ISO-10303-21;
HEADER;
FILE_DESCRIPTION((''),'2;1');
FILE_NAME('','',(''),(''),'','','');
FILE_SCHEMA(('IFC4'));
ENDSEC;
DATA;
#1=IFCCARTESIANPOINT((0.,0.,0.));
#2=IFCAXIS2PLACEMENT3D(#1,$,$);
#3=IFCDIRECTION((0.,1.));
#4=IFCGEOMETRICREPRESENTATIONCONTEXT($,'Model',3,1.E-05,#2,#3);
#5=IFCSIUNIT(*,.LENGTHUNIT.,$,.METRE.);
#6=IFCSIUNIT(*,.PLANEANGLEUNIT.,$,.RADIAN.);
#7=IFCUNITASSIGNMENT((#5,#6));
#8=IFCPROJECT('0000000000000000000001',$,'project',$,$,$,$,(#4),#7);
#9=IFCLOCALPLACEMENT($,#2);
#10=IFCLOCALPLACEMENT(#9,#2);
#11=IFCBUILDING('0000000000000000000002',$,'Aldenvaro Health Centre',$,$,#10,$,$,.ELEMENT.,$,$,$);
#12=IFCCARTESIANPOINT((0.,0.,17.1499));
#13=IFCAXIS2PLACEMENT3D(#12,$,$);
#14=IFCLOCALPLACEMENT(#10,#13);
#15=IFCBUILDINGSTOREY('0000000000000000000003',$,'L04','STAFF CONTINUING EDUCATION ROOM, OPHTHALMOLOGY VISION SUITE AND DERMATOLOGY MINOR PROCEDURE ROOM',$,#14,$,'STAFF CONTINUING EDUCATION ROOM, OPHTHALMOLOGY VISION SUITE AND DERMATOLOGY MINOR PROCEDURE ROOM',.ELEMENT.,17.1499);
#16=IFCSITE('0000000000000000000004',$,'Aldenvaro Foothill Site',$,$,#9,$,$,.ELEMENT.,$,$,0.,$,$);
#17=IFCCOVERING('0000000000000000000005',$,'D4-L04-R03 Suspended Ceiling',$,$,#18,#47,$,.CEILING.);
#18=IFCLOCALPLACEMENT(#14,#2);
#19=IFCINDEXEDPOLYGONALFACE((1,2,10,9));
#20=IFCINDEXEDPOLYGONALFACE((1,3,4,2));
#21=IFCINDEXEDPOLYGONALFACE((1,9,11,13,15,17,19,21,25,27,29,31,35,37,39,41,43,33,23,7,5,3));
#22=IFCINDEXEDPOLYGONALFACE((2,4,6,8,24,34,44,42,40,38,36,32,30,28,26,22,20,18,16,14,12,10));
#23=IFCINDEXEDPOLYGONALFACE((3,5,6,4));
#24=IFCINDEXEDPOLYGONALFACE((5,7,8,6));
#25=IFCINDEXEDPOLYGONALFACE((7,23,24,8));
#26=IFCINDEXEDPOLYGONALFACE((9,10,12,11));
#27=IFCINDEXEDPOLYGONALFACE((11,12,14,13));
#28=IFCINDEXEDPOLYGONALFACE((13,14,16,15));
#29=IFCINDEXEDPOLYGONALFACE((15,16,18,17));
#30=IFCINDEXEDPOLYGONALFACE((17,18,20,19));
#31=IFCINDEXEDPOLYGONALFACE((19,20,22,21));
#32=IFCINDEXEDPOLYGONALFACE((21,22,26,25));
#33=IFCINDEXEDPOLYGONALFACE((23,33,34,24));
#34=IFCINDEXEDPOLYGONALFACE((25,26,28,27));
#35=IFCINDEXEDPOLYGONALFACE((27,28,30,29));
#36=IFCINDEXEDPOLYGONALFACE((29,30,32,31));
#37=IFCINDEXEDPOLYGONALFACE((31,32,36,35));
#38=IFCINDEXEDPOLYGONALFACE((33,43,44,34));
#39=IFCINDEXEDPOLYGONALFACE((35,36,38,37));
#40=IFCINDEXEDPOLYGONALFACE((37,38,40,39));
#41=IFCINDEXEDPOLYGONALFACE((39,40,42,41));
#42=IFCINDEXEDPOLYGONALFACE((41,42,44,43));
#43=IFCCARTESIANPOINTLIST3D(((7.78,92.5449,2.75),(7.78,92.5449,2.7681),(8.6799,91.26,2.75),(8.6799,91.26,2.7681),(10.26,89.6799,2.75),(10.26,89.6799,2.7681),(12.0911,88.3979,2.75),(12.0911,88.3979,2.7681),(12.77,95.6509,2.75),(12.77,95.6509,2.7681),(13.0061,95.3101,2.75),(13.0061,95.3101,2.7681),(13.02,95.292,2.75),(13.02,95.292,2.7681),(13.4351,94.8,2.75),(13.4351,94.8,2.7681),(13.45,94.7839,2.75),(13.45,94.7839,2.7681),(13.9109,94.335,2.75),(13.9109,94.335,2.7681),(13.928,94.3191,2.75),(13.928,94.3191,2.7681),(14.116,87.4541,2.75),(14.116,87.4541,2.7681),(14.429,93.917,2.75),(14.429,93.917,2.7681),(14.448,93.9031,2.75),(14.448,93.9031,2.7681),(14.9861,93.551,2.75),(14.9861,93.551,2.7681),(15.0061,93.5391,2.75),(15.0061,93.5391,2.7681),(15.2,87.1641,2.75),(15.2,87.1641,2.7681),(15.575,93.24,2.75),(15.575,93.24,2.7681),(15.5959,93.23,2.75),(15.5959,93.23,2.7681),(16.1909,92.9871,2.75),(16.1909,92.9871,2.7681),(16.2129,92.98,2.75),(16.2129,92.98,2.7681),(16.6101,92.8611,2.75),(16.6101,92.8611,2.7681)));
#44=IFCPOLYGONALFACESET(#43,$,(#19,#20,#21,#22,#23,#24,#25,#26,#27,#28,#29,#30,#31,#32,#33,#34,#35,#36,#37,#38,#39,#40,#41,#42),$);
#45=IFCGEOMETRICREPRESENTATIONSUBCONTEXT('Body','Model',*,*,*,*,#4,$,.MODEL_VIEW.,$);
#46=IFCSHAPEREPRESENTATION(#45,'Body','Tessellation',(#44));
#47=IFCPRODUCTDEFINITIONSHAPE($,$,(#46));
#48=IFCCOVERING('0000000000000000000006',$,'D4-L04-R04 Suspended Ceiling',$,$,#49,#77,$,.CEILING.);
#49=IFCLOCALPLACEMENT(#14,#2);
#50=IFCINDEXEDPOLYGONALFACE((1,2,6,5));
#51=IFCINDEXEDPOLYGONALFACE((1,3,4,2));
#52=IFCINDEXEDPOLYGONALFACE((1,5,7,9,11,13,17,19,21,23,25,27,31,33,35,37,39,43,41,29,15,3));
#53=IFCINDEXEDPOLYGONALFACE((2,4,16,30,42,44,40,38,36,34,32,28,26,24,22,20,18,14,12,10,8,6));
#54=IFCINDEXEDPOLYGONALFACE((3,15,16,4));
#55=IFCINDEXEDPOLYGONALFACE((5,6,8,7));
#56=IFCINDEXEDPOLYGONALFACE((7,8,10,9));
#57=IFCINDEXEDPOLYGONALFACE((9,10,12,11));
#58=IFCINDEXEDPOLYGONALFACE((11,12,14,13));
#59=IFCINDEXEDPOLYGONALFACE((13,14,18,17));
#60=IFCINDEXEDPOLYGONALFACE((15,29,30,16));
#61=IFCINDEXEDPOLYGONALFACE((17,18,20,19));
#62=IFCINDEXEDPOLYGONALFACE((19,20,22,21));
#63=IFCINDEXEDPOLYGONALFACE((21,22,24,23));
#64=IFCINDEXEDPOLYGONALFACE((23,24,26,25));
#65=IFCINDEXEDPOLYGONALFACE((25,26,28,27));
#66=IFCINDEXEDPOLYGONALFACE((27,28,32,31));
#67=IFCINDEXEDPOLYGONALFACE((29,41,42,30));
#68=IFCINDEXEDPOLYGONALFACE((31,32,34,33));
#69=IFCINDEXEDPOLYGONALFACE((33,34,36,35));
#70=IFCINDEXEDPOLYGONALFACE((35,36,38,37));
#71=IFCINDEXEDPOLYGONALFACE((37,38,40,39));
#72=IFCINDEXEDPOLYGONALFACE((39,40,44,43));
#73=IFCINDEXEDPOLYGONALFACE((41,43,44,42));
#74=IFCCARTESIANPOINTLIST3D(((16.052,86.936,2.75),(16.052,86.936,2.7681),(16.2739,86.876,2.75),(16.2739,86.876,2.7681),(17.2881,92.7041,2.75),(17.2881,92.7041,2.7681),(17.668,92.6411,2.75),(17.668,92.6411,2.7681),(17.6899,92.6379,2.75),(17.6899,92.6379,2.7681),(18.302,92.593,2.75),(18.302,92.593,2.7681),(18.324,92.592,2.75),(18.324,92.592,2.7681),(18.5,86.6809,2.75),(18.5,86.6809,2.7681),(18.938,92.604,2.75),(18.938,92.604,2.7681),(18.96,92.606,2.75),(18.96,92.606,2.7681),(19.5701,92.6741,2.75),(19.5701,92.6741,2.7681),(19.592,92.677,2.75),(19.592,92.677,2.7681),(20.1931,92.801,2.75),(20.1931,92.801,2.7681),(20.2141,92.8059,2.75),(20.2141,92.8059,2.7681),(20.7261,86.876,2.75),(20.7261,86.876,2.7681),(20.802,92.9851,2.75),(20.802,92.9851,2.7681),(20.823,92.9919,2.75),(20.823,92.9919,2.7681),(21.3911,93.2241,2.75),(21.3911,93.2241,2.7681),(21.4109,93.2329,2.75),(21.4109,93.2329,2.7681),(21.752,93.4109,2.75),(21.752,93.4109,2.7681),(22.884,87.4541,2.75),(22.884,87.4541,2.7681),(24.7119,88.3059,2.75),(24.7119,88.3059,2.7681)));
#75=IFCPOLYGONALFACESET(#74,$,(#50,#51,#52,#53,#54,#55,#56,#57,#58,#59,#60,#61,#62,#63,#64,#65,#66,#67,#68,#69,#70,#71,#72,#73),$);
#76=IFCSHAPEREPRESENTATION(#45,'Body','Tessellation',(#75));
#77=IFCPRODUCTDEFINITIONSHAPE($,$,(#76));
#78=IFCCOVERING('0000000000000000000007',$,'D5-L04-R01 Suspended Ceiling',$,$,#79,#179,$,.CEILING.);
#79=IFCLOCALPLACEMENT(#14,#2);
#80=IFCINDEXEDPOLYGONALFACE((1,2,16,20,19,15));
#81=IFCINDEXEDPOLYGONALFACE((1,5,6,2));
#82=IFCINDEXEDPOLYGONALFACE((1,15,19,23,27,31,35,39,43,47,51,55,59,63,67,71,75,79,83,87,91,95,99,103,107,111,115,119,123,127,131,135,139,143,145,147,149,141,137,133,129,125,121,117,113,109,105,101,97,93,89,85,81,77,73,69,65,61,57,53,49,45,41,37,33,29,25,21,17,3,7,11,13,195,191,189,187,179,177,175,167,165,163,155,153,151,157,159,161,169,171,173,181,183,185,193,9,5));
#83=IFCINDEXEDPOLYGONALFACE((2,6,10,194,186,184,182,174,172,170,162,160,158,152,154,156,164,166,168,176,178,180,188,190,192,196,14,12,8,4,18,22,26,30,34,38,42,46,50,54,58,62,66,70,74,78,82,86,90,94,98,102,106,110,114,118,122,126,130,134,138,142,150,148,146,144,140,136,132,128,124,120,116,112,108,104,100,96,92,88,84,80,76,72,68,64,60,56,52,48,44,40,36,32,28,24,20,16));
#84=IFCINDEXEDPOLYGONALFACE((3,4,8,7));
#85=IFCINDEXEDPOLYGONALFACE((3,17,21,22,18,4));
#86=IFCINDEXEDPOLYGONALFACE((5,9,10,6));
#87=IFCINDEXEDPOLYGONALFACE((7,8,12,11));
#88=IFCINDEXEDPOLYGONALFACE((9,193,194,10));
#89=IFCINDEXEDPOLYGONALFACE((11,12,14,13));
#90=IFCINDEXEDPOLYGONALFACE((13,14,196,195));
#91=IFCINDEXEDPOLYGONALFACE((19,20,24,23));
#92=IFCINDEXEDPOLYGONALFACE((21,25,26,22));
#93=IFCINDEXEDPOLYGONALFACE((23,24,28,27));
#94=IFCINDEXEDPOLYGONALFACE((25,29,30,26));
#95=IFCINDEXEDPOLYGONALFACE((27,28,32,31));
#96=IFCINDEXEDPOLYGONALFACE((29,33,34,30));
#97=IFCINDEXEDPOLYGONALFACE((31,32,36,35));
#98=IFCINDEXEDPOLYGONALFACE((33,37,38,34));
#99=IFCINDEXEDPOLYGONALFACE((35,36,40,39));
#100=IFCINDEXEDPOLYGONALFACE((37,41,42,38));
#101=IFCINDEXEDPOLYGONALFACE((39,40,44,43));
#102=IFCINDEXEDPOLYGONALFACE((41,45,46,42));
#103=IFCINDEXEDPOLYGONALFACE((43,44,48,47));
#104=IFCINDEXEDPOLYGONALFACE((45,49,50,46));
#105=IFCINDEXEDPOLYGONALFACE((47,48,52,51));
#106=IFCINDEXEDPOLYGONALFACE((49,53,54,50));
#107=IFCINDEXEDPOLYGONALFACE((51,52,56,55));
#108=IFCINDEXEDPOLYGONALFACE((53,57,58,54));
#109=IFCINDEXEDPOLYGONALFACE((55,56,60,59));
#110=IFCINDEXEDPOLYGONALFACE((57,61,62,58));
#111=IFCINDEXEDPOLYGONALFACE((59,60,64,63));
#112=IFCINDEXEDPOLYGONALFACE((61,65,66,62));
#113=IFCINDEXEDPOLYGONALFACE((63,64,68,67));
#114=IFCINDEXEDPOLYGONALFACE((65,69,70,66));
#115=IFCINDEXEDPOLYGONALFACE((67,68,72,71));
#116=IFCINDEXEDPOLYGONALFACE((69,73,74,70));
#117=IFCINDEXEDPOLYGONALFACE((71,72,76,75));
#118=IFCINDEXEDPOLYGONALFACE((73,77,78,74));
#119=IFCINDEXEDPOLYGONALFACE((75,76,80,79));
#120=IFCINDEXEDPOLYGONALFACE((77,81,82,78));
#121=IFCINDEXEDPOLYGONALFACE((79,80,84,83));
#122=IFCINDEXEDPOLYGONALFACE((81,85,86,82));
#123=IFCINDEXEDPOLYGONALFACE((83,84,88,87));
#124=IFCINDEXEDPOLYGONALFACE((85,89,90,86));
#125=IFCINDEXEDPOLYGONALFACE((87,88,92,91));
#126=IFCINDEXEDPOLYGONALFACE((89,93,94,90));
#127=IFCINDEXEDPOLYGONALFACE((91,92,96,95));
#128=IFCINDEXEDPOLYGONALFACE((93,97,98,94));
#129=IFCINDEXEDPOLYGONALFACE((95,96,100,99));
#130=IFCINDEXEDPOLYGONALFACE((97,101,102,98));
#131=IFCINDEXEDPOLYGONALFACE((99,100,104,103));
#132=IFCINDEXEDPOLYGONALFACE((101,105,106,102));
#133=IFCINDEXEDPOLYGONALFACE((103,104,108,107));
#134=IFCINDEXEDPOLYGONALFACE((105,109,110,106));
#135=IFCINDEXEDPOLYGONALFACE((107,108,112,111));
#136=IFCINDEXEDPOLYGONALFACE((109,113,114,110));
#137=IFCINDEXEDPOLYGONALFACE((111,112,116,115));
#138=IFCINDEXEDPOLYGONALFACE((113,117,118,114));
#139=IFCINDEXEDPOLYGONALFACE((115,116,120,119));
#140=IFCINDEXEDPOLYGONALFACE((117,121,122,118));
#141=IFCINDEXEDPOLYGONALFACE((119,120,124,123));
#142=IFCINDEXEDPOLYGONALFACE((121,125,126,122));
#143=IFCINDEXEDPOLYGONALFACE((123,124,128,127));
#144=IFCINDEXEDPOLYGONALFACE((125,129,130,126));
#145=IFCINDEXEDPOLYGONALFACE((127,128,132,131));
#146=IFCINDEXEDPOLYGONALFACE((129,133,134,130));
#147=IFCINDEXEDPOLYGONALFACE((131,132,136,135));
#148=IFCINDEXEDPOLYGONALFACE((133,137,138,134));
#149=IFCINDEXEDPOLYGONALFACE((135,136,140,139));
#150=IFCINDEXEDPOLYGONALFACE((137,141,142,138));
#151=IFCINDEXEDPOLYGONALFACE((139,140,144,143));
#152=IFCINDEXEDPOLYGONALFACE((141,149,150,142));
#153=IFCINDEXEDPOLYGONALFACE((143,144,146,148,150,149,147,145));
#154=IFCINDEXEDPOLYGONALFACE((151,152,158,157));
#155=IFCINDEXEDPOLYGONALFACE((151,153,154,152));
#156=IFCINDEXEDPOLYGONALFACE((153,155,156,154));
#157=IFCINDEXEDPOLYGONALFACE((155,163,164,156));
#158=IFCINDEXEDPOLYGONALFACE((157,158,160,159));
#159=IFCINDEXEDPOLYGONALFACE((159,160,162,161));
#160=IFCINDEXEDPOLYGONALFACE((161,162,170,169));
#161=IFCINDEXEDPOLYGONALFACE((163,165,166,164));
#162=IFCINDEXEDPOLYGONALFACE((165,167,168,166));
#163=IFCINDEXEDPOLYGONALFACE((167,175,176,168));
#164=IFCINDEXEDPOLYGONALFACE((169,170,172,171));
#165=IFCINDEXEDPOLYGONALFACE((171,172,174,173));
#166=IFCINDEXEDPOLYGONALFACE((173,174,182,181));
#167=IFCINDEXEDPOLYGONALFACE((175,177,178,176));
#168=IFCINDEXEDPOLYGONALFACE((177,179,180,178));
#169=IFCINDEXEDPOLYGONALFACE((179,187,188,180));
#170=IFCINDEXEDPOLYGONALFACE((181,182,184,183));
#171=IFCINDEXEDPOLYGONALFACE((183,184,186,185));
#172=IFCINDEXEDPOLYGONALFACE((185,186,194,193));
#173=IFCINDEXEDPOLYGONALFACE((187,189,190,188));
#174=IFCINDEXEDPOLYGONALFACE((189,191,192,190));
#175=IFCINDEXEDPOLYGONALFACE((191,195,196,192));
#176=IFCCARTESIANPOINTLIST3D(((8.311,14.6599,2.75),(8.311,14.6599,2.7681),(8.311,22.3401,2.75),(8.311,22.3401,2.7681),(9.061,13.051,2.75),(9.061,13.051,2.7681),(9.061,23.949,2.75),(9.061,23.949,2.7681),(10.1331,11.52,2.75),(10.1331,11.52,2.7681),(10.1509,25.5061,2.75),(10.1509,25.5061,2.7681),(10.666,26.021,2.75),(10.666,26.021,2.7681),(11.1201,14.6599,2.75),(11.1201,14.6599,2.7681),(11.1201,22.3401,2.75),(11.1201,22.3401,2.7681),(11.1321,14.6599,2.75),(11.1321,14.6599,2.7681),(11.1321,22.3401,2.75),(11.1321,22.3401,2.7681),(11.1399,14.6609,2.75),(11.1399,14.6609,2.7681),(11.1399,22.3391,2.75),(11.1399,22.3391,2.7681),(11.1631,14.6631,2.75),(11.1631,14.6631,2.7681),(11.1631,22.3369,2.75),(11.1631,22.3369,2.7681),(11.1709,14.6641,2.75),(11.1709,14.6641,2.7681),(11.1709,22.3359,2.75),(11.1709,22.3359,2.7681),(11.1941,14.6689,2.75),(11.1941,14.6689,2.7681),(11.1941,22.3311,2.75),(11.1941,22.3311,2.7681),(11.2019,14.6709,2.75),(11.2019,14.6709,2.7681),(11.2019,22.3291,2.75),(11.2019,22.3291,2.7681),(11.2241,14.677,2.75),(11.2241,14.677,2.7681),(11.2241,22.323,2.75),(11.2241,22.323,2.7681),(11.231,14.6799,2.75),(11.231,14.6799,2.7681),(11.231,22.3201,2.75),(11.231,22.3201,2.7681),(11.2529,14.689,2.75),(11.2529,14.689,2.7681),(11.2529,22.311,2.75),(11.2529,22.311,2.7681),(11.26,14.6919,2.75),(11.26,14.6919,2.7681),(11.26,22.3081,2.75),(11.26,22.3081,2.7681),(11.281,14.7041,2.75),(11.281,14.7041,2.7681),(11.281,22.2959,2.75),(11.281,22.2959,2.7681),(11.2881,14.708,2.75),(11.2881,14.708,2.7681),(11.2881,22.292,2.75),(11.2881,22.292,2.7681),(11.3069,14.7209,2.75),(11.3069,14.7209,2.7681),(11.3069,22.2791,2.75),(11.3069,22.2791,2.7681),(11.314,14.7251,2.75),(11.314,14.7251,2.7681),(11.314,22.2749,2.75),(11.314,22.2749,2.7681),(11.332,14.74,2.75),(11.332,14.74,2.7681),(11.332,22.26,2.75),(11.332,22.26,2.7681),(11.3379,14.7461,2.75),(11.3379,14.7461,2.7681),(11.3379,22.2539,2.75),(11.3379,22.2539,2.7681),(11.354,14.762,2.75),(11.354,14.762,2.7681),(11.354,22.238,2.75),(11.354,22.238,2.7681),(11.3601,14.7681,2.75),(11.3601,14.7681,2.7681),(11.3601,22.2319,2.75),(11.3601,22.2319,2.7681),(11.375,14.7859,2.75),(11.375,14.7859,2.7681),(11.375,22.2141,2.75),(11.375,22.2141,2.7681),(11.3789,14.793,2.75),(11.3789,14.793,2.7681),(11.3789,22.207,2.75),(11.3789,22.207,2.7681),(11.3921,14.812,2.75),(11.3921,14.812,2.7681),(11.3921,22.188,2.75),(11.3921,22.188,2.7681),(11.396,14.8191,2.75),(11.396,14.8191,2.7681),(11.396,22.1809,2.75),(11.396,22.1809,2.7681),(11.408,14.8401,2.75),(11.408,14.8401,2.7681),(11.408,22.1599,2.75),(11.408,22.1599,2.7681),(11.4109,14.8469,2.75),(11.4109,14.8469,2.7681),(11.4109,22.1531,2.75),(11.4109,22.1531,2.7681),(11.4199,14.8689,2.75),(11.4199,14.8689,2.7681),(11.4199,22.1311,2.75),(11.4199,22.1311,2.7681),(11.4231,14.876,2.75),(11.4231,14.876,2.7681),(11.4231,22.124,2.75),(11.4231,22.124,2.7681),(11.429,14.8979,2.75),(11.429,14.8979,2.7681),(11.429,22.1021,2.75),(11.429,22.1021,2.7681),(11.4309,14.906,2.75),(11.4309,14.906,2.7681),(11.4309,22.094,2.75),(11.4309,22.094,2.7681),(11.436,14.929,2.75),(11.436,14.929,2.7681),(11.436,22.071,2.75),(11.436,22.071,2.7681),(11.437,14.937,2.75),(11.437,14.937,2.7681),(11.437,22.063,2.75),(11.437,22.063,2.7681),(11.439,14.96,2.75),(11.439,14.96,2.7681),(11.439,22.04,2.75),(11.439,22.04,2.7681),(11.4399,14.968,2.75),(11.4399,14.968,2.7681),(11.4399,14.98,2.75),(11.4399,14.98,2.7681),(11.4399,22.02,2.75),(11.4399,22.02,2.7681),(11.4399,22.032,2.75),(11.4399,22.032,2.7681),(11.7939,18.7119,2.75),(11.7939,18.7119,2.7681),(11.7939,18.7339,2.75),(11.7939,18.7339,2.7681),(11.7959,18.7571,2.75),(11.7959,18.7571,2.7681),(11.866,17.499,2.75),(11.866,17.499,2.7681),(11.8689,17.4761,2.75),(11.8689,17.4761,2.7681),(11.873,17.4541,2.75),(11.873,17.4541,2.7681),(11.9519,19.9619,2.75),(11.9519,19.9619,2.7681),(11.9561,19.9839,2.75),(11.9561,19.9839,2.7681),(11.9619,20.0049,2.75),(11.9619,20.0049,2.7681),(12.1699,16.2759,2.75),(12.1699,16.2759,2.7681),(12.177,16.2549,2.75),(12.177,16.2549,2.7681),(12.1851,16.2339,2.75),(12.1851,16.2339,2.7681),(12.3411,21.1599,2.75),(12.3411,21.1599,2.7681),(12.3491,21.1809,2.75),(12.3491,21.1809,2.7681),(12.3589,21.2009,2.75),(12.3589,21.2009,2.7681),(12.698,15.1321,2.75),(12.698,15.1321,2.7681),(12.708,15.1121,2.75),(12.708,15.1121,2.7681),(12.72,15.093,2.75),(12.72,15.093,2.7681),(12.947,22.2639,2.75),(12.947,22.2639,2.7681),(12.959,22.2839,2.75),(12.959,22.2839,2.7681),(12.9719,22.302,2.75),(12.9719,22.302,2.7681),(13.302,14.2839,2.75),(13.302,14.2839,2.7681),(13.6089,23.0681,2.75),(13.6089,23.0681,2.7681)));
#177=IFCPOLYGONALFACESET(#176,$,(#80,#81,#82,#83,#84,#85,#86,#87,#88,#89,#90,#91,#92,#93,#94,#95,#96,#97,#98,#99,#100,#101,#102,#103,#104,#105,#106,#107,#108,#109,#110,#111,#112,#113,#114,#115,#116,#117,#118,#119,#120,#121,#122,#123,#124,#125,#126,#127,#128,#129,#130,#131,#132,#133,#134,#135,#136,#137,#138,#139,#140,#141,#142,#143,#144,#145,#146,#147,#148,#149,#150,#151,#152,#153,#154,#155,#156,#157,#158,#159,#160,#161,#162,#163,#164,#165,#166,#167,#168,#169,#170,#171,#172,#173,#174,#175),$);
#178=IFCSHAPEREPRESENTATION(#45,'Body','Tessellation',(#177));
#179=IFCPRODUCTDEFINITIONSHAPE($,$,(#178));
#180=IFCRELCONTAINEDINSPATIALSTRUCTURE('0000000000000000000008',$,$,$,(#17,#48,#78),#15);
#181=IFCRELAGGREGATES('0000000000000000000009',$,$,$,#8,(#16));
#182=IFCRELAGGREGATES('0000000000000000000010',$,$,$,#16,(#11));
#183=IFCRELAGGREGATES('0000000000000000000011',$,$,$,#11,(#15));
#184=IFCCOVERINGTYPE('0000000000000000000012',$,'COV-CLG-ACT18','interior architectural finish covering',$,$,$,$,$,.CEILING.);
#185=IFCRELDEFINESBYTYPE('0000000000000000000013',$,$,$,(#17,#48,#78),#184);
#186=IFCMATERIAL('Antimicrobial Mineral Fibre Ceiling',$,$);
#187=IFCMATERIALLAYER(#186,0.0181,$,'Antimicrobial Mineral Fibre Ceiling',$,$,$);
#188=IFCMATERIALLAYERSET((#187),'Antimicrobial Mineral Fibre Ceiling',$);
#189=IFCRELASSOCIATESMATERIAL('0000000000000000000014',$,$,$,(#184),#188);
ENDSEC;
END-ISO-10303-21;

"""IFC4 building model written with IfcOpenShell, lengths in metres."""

from ifc_helpers import new_model, si_unit, direction, frame, origin, place, context, subcontext, project, spatial, polyline, outline, extrude, material, layer, layer_set, type_object, element, save


model = new_model("IFC4")

# Units and contexts
model_context = context("Model", 3, precision=1e-05, world=origin(), true_north=direction((0.0, 1.0)))
body_context = subcontext(model_context, "Body", "Model", "MODEL_VIEW")
ifc_project = project(units=[si_unit("LENGTHUNIT", "METRE"), si_unit("PLANEANGLEUNIT", "RADIAN")], contexts=[model_context])

# Site, building, storey
site_placement = place(None, origin())
site = spatial("IfcSite", under=ifc_project, at=site_placement, Name="Aldenvaro Foothill Site", CompositionType="ELEMENT", RefElevation=0.0)
building_placement = place(site_placement, origin())
building = spatial("IfcBuilding", under=site, at=building_placement, Name="Aldenvaro Health Centre", CompositionType="ELEMENT")
storey_placement = place(building_placement, frame((0.0, 0.0, 17.1499)))
storey = spatial("IfcBuildingStorey", under=building, at=storey_placement, Name="L04", Description="STAFF CONTINUING EDUCATION ROOM, OPHTHALMOLOGY VISION SUITE AND DERMATOLOGY MINOR PROCEDURE ROOM", LongName="STAFF CONTINUING EDUCATION ROOM, OPHTHALMOLOGY VISION SUITE AND DERMATOLOGY MINOR PROCEDURE ROOM", CompositionType="ELEMENT", Elevation=17.1499)

# Coverings
ifc_material_1 = material(Name="Antimicrobial Mineral Fibre Ceiling")
ifc_layer_1 = layer(ifc_material_1, 0.0181, Name="Antimicrobial Mineral Fibre Ceiling")
ifc_layer_set_1 = layer_set([ifc_layer_1], Name="Antimicrobial Mineral Fibre Ceiling")
covering_type_1 = type_object("IfcCoveringType", Name="COV-CLG-ACT18", Description="interior architectural finish covering", PredefinedType="CEILING", material=ifc_layer_set_1)
covering_1_placement = place(storey_placement, frame((0.0, 0.0, 2.75)))
element("IfcCovering", 1, at=covering_1_placement, inside=storey, type_object=covering_type_1, Name="D4-L04-R03 Suspended Ceiling", PredefinedType="CEILING", context=body_context, shape_type="SweptSolid", body=[
    extrude(outline(polyline([(13.0061, 95.3101), (13.02, 95.292), (13.4351, 94.8), (13.45, 94.7839), (13.9109, 94.335), (13.928, 94.3191), (14.429, 93.917), (14.448, 93.9031), (14.9861, 93.551), (15.0061, 93.5391), (15.575, 93.24), (15.5959, 93.23), (16.1909, 92.9871), (16.2129, 92.98), (16.6101, 92.8611), (15.2, 87.1641), (14.116, 87.4541), (12.0911, 88.3979), (10.26, 89.6799), (8.6799, 91.26), (7.78, 92.5449), (12.77, 95.6509), (13.0061, 95.3101)])), origin(), (0.0, 0.0, 1.0), 0.0181),
])
covering_2_placement = place(storey_placement, frame((0.0, 0.0, 2.75)))
element("IfcCovering", 2, at=covering_2_placement, inside=storey, type_object=covering_type_1, Name="D4-L04-R04 Suspended Ceiling", PredefinedType="CEILING", context=body_context, shape_type="SweptSolid", body=[
    extrude(outline(polyline([(17.668, 92.6411), (17.6899, 92.6379), (18.302, 92.593), (18.324, 92.592), (18.938, 92.604), (18.96, 92.606), (19.5701, 92.6741), (19.592, 92.677), (20.1931, 92.801), (20.2141, 92.8059), (20.802, 92.9851), (20.823, 92.9919), (21.3911, 93.2241), (21.4109, 93.2329), (21.752, 93.4109), (24.7119, 88.3059), (22.884, 87.4541), (20.7261, 86.876), (18.5, 86.6809), (16.2739, 86.876), (16.052, 86.936), (17.2881, 92.7041), (17.668, 92.6411)])), origin(), (0.0, 0.0, 1.0), 0.0181),
])
covering_3_placement = place(storey_placement, frame((0.0, 0.0, 2.75)))
element("IfcCovering", 3, at=covering_3_placement, inside=storey, type_object=covering_type_1, Name="D5-L04-R01 Suspended Ceiling", PredefinedType="CEILING", context=body_context, shape_type="SweptSolid", body=[
    extrude(outline(polyline([(8.311, 22.3401), (9.061, 23.949), (10.1509, 25.5061), (10.666, 26.021), (13.6089, 23.0681), (12.9719, 22.302), (12.959, 22.2839), (12.947, 22.2639), (12.3589, 21.2009), (12.3491, 21.1809), (12.3411, 21.1599), (11.9619, 20.0049), (11.9561, 19.9839), (11.9519, 19.9619), (11.7959, 18.7571), (11.7939, 18.7339), (11.7939, 18.7119), (11.866, 17.499), (11.8689, 17.4761), (11.873, 17.4541), (12.1699, 16.2759), (12.177, 16.2549), (12.1851, 16.2339), (12.698, 15.1321), (12.708, 15.1121), (12.72, 15.093), (13.302, 14.2839), (10.1331, 11.52), (9.061, 13.051), (8.311, 14.6599), (11.1201, 14.6599), (11.1321, 14.6599), (11.1399, 14.6609), (11.1631, 14.6631), (11.1709, 14.6641), (11.1941, 14.6689), (11.2019, 14.6709), (11.2241, 14.677), (11.231, 14.6799), (11.2529, 14.689), (11.26, 14.6919), (11.281, 14.7041), (11.2881, 14.708), (11.3069, 14.7209), (11.314, 14.7251), (11.332, 14.74), (11.3379, 14.7461), (11.354, 14.762), (11.3601, 14.7681), (11.375, 14.7859), (11.3789, 14.793), (11.3921, 14.812), (11.396, 14.8191), (11.408, 14.8401), (11.4109, 14.8469), (11.4199, 14.8689), (11.4231, 14.876), (11.429, 14.8979), (11.4309, 14.906), (11.436, 14.929), (11.437, 14.937), (11.439, 14.96), (11.4399, 14.968), (11.4399, 14.98), (11.4399, 22.02), (11.4399, 22.032), (11.439, 22.04), (11.437, 22.063), (11.436, 22.071), (11.4309, 22.094), (11.429, 22.1021), (11.4231, 22.124), (11.4199, 22.1311), (11.4109, 22.1531), (11.408, 22.1599), (11.396, 22.1809), (11.3921, 22.188), (11.3789, 22.207), (11.375, 22.2141), (11.3601, 22.2319), (11.354, 22.238), (11.3379, 22.2539), (11.332, 22.26), (11.314, 22.2749), (11.3069, 22.2791), (11.2881, 22.292), (11.281, 22.2959), (11.26, 22.3081), (11.2529, 22.311), (11.231, 22.3201), (11.2241, 22.323), (11.2019, 22.3291), (11.1941, 22.3311), (11.1709, 22.3359), (11.1631, 22.3369), (11.1399, 22.3391), (11.1321, 22.3401), (11.1201, 22.3401), (8.311, 22.3401)])), origin(), (0.0, 0.0, 1.0), 0.0181),
])

save(model, "model.ifc")
